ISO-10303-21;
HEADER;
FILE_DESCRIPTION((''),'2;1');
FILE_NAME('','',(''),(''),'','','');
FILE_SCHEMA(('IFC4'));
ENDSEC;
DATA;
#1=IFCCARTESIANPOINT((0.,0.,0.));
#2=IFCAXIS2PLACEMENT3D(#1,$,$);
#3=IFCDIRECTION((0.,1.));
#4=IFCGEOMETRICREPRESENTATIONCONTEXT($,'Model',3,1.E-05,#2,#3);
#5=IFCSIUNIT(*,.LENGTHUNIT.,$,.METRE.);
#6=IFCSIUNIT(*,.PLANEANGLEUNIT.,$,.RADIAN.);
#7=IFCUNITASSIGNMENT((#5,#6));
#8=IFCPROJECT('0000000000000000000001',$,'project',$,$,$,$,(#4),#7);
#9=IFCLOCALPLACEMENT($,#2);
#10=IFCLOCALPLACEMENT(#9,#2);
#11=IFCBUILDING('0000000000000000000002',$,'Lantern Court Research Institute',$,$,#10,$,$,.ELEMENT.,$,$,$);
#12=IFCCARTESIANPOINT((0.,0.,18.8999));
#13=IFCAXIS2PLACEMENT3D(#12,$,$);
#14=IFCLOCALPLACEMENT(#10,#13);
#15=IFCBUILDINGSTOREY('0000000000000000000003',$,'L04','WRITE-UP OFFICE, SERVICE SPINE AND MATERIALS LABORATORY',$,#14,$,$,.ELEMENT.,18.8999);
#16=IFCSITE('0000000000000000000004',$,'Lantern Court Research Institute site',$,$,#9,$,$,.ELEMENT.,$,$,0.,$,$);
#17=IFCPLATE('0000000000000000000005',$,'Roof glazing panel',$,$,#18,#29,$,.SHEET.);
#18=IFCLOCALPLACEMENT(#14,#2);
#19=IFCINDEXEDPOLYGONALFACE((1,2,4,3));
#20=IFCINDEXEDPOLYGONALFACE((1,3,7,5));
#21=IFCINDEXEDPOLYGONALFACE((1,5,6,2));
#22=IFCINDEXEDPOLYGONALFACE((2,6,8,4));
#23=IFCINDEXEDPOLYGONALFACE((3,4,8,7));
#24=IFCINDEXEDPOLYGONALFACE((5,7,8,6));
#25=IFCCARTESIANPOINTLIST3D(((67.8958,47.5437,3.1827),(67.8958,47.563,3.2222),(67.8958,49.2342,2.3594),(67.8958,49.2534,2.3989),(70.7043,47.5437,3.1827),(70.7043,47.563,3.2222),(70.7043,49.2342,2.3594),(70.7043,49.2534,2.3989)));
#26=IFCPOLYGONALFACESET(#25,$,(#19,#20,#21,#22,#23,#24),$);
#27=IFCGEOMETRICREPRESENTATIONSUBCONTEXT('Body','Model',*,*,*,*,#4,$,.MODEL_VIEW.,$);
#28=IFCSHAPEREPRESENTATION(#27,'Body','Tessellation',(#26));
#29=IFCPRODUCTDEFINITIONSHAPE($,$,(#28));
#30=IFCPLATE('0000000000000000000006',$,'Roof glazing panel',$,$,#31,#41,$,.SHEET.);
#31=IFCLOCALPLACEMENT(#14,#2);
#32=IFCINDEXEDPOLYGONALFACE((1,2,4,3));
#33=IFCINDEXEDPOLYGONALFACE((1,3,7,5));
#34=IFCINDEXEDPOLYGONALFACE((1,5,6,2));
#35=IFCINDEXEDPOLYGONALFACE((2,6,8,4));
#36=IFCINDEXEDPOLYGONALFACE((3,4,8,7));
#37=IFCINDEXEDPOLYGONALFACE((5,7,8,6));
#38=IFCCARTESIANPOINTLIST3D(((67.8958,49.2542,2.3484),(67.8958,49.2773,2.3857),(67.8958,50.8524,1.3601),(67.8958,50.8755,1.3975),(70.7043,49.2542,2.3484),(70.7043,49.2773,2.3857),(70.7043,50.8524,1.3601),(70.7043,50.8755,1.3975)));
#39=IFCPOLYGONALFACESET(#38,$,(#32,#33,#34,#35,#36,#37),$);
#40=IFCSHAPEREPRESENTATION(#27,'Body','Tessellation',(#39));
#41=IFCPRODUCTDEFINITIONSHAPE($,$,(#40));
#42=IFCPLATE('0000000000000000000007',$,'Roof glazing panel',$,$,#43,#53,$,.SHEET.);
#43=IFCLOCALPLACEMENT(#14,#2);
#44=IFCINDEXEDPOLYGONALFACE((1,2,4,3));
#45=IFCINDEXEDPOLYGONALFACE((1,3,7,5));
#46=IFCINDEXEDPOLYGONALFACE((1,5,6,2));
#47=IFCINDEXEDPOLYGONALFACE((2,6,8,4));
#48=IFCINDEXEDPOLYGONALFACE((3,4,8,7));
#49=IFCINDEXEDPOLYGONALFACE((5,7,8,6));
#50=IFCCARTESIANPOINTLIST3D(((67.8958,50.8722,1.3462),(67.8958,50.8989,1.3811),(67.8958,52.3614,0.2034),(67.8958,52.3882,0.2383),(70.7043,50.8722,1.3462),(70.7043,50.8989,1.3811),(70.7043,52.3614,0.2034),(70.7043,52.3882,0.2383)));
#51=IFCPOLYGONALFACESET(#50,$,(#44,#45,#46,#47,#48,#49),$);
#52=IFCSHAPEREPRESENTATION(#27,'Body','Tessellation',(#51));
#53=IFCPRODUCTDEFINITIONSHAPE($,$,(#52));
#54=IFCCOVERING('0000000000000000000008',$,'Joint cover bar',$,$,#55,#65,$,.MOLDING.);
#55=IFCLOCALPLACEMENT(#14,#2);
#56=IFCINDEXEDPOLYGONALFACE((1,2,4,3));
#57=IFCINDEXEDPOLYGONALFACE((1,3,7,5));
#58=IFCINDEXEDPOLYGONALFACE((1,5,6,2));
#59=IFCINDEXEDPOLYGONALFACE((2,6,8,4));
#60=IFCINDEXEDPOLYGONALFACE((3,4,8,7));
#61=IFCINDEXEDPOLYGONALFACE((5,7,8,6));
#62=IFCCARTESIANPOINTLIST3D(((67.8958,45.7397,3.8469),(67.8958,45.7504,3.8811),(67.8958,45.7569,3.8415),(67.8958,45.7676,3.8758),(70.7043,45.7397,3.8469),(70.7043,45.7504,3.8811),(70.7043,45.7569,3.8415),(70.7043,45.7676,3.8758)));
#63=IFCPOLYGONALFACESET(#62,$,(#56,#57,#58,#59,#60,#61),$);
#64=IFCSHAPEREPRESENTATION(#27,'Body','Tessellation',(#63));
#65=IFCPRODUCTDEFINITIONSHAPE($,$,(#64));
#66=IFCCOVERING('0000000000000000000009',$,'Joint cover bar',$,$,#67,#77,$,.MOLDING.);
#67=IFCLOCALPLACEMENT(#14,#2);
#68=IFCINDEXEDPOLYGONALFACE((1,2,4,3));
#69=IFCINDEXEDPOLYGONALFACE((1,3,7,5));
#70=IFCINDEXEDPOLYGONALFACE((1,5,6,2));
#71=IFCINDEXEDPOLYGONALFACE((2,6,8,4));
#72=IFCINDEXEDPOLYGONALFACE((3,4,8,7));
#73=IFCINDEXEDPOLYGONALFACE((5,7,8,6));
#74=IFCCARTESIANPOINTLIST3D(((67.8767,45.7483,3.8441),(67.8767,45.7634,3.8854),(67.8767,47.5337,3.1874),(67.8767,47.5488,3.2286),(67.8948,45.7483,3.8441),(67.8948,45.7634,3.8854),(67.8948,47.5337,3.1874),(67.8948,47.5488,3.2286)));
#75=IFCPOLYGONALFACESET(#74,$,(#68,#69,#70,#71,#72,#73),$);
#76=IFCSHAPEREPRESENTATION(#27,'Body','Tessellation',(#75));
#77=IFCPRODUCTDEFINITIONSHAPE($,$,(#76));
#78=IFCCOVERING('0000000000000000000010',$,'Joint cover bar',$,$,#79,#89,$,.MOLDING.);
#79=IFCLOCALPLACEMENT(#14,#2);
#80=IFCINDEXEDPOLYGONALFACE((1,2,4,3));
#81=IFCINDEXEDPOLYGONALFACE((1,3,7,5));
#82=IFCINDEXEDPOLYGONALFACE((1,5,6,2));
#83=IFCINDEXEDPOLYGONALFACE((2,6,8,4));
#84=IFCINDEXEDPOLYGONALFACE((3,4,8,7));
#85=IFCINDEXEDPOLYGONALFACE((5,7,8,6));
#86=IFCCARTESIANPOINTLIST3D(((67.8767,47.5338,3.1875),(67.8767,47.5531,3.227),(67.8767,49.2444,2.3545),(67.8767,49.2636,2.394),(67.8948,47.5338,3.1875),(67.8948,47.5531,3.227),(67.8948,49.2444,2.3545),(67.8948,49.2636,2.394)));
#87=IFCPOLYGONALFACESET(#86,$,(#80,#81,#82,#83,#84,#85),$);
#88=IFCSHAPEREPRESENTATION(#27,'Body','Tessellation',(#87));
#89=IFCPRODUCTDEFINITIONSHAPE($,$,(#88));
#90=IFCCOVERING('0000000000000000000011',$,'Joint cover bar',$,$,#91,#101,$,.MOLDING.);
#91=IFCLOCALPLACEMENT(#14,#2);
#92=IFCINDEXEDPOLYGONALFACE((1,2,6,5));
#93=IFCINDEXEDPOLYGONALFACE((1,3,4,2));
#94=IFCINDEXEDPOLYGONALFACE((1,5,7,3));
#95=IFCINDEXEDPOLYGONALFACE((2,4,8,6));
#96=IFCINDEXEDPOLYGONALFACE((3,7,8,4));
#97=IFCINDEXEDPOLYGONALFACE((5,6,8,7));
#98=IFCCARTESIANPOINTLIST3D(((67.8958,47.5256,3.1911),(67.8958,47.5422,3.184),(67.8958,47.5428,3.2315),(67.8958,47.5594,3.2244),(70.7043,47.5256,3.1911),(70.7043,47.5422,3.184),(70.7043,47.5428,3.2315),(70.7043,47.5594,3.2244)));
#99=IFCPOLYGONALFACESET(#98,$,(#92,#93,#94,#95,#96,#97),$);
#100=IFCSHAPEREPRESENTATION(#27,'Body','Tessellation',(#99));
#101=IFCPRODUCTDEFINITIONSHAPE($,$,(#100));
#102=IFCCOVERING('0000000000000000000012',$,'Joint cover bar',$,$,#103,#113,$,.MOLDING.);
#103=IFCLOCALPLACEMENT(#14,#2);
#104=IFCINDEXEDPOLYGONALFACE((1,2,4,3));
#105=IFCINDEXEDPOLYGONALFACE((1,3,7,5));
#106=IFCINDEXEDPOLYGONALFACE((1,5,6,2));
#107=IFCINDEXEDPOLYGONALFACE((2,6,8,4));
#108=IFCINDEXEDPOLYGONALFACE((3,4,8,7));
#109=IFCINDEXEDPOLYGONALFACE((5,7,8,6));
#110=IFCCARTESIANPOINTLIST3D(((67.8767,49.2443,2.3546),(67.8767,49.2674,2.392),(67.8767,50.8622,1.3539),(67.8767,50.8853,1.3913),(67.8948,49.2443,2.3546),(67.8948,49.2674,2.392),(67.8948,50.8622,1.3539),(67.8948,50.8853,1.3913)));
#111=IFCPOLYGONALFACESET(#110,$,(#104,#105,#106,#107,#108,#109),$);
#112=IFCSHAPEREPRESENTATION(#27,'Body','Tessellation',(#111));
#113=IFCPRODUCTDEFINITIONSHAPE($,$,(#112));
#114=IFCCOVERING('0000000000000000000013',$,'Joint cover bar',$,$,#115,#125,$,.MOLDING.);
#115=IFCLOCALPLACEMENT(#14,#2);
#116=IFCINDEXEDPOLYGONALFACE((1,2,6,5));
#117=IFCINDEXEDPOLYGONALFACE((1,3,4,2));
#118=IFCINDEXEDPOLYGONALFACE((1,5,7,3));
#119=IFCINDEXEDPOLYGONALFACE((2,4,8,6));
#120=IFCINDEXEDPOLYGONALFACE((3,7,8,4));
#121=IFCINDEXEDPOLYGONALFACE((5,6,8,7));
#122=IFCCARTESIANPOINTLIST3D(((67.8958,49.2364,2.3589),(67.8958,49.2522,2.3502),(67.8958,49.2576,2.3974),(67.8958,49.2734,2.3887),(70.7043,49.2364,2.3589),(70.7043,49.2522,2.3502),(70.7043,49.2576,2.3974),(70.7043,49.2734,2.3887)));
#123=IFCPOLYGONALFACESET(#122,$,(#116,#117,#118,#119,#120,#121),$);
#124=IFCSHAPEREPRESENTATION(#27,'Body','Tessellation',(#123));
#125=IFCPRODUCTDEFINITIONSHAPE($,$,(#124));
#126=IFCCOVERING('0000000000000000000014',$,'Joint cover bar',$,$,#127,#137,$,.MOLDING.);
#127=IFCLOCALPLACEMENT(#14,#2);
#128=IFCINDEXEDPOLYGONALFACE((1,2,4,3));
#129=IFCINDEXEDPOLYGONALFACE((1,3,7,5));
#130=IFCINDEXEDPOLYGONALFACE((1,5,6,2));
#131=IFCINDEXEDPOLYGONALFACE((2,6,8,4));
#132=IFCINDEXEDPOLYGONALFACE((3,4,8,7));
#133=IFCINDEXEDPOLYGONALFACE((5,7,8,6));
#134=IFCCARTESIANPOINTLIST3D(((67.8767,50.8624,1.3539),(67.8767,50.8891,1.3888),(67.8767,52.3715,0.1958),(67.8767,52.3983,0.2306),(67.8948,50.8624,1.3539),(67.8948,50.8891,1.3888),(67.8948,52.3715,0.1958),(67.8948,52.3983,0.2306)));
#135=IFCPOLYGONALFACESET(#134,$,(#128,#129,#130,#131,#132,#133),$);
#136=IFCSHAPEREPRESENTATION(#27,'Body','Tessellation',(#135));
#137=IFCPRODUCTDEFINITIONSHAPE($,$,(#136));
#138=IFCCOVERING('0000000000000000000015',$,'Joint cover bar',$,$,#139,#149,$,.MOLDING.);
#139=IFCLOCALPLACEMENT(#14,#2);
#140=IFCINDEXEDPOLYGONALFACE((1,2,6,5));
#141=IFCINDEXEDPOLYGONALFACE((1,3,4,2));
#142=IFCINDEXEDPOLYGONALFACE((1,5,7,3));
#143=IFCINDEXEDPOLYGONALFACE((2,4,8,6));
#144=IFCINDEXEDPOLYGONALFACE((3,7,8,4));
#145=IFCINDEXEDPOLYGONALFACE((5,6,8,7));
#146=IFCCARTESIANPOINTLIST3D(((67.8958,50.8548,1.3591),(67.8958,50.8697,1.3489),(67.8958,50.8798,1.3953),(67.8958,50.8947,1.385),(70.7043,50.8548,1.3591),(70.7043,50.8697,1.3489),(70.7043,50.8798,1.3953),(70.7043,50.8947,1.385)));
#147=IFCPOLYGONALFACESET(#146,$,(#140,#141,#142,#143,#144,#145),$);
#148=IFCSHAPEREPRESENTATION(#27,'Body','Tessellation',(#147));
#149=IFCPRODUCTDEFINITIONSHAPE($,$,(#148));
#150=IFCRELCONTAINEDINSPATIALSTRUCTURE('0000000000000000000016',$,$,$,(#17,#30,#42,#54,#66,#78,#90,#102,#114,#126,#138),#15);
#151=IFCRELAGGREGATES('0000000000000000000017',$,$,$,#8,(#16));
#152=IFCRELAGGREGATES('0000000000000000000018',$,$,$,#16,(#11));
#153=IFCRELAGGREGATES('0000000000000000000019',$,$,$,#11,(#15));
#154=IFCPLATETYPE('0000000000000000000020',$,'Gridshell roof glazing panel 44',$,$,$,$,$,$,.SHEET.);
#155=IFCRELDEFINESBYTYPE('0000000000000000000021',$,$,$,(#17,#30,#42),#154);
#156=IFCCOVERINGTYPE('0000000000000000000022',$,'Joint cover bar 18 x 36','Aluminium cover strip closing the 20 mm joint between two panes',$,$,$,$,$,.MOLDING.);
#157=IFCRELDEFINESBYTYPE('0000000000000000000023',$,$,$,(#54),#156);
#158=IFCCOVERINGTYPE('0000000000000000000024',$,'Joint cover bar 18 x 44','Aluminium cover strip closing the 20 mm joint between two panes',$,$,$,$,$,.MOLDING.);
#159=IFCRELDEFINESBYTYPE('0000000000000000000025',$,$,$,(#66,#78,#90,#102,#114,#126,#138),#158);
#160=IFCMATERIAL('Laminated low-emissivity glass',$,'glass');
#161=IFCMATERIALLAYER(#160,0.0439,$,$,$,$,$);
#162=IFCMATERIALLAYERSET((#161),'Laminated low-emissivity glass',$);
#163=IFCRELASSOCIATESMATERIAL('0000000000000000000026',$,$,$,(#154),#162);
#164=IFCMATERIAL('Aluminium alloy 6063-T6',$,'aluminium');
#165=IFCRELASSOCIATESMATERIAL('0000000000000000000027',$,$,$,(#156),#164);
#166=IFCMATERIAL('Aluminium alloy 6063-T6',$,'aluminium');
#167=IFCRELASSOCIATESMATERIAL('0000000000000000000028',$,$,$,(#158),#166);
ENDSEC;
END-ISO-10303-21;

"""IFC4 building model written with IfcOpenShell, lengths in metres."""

from ifc_helpers import new_model, si_unit, direction, frame, origin, origin_2d, place, context, subcontext, project, spatial, polyline, rectangle, outline, extrude, material, layer, layer_set, material_profile, profile_set, type_object, element, save


model = new_model("IFC4")

# Units and contexts
model_context = context("Model", 3, precision=1e-05, world=origin(), true_north=direction((0.0, 1.0)))
body_context = subcontext(model_context, "Body", "Model", "MODEL_VIEW")
ifc_project = project(units=[si_unit("LENGTHUNIT", "METRE"), si_unit("PLANEANGLEUNIT", "RADIAN")], contexts=[model_context])

# Site, building, storey
site_placement = place(None, origin())
site = spatial("IfcSite", under=ifc_project, at=site_placement, Name="Lantern Court Research Institute site", CompositionType="ELEMENT", RefElevation=0.0)
building_placement = place(site_placement, origin())
building = spatial("IfcBuilding", under=site, at=building_placement, Name="Lantern Court Research Institute", CompositionType="ELEMENT")
storey_placement = place(building_placement, frame((0.0, 0.0, 18.8999)))
storey = spatial("IfcBuildingStorey", under=building, at=storey_placement, Name="L04", Description="WRITE-UP OFFICE, SERVICE SPINE AND MATERIALS LABORATORY", CompositionType="ELEMENT", Elevation=18.8999)

# Plates
ifc_material_1 = material(Name="Laminated low-emissivity glass", Category="glass")
ifc_layer = layer(ifc_material_1, 0.0439)
ifc_layer_set = layer_set([ifc_layer], Name="Laminated low-emissivity glass")
plate_type = type_object("IfcPlateType", Name="Gridshell roof glazing panel 44", PredefinedType="SHEET", material=ifc_layer_set)
plate_1_placement = place(storey_placement, frame((70.7043, 47.563, 3.2222), z_axis=(0.0, 0.43784, 0.899053), x_axis=(-1.0, 0.0, 0.0)))
element("IfcPlate", 1, at=plate_1_placement, inside=storey, type_object=plate_type, Name="Roof glazing panel", PredefinedType="SHEET", context=body_context, shape_type="SweptSolid", body=[
    extrude(outline(polyline([(0.0, 0.0), (2.8086, 0.0), (2.8086, -1.8802), (0.0, -1.8802), (0.0, 0.0)])), origin(), (0.0, 0.0, -1.0), 0.0439),
])
plate_2_placement = place(storey_placement, frame((70.7043, 49.2773, 2.3857), z_axis=(0.0, 0.525952, 0.850514), x_axis=(-1.0, 0.0, 0.0)))
element("IfcPlate", 2, at=plate_2_placement, inside=storey, type_object=plate_type, Name="Roof glazing panel", PredefinedType="SHEET", context=body_context, shape_type="SweptSolid", body=[
    extrude(outline(polyline([(0.0, 0.0), (2.8086, 0.0), (2.8086, -1.879), (0.0, -1.879), (0.0, 0.0)])), origin(), (0.0, 0.0, -1.0), 0.0439),
])
plate_3_placement = place(storey_placement, frame((70.7043, 50.8989, 1.3811), z_axis=(0.0, 0.608786, 0.793334), x_axis=(-1.0, 0.0, 0.0)))
element("IfcPlate", 3, at=plate_3_placement, inside=storey, type_object=plate_type, Name="Roof glazing panel", PredefinedType="SHEET", context=body_context, shape_type="SweptSolid", body=[
    extrude(outline(polyline([(0.0, 0.0), (2.8086, 0.0), (2.8086, -1.8772), (0.0, -1.8772), (0.0, 0.0)])), origin(), (0.0, 0.0, -1.0), 0.0439),
])

# Coverings
ifc_material_2 = material(Name="Aluminium alloy 6063-T6", Category="aluminium")
ifc_material_profile_1 = material_profile(ifc_material_2, rectangle(XDim=0.0181, YDim=0.0359, at=origin_2d()), Name="Joint cover bar 18 x 36")
ifc_profile_set_1 = profile_set([ifc_material_profile_1], Name="Aluminium alloy 6063-T6")
covering_type_1 = type_object("IfcCoveringType", Name="Joint cover bar 18 x 36", Description="Aluminium cover strip closing the 20 mm joint between two panes", PredefinedType="MOLDING", material=ifc_profile_set_1)
covering_1_placement = place(storey_placement, frame((67.8958, 45.7537, 3.8613), z_axis=(1.0, 0.0, 0.0), x_axis=(0.0, 0.954713, -0.297528)))
element("IfcCovering", 4, at=covering_1_placement, inside=storey, type_object=covering_type_1, Name="Joint cover bar", PredefinedType="MOLDING", context=body_context, shape_type="SweptSolid", body=[
    extrude(rectangle(XDim=0.0181, YDim=0.0359, at=origin_2d()), origin(), (0.0, 0.0, 1.0), 2.8086),
])
ifc_material_3 = material(Name="Aluminium alloy 6063-T6", Category="aluminium")
ifc_material_profile_2 = material_profile(ifc_material_3, rectangle(XDim=0.0181, YDim=0.0439, at=origin_2d()), Name="Joint cover bar 18 x 44")
ifc_profile_set_2 = profile_set([ifc_material_profile_2], Name="Aluminium alloy 6063-T6")
covering_type_2 = type_object("IfcCoveringType", Name="Joint cover bar 18 x 44", Description="Aluminium cover strip closing the 20 mm joint between two panes", PredefinedType="MOLDING", material=ifc_profile_set_2)
covering_2_placement = place(storey_placement, frame((67.8857, 45.7559, 3.8647), z_axis=(0.0, 0.93852, -0.345224), x_axis=(-1.0, 0.0, 0.0)))
element("IfcCovering", 5, at=covering_2_placement, inside=storey, type_object=covering_type_2, Name="Joint cover bar", PredefinedType="MOLDING", context=body_context, shape_type="SweptSolid", body=[
    extrude(rectangle(XDim=0.0181, YDim=0.0439, at=origin_2d()), origin(), (0.0, 0.0, 1.0), 1.9023),
])
covering_3_placement = place(storey_placement, frame((67.8857, 47.5435, 3.2073), z_axis=(0.0, 0.899049, -0.437847), x_axis=(-1.0, 0.0, 0.0)))
element("IfcCovering", 6, at=covering_3_placement, inside=storey, type_object=covering_type_2, Name="Joint cover bar", PredefinedType="MOLDING", context=body_context, shape_type="SweptSolid", body=[
    extrude(rectangle(XDim=0.0181, YDim=0.0439, at=origin_2d()), origin(), (0.0, 0.0, 1.0), 1.9026),
])
covering_4_placement = place(storey_placement, frame((67.8958, 47.5425, 3.2078), z_axis=(1.0, 0.0, 0.0), x_axis=(0.0, 0.919966, -0.391999)))
element("IfcCovering", 7, at=covering_4_placement, inside=storey, type_object=covering_type_2, Name="Joint cover bar", PredefinedType="MOLDING", context=body_context, shape_type="SweptSolid", body=[
    extrude(rectangle(XDim=0.0181, YDim=0.0439, at=origin_2d()), origin(), (0.0, 0.0, 1.0), 2.8086),
])
covering_5_placement = place(storey_placement, frame((67.8857, 49.2559, 2.3733), z_axis=(0.0, 0.850462, -0.526036), x_axis=(-1.0, 0.0, 0.0)))
element("IfcCovering", 8, at=covering_5_placement, inside=storey, type_object=covering_type_2, Name="Joint cover bar", PredefinedType="MOLDING", context=body_context, shape_type="SweptSolid", body=[
    extrude(rectangle(XDim=0.0181, YDim=0.0439, at=origin_2d()), origin(), (0.0, 0.0, 1.0), 1.9023),
])
covering_6_placement = place(storey_placement, frame((67.8958, 49.2549, 2.3738), z_axis=(1.0, 0.0, 0.0), x_axis=(0.0, 0.875897, -0.482497)))
element("IfcCovering", 9, at=covering_6_placement, inside=storey, type_object=covering_type_2, Name="Joint cover bar", PredefinedType="MOLDING", context=body_context, shape_type="SweptSolid", body=[
    extrude(rectangle(XDim=0.0181, YDim=0.0439, at=origin_2d()), origin(), (0.0, 0.0, 1.0), 2.8086),
])
covering_7_placement = place(storey_placement, frame((67.8857, 50.8757, 1.3713), z_axis=(0.0, 0.79333, -0.608792), x_axis=(-1.0, 0.0, 0.0)))
element("IfcCovering", 10, at=covering_7_placement, inside=storey, type_object=covering_type_2, Name="Joint cover bar", PredefinedType="MOLDING", context=body_context, shape_type="SweptSolid", body=[
    extrude(rectangle(XDim=0.0181, YDim=0.0439, at=origin_2d()), origin(), (0.0, 0.0, 1.0), 1.9023),
])
covering_8_placement = place(storey_placement, frame((67.8958, 50.8748, 1.3721), z_axis=(1.0, 0.0, 0.0), x_axis=(0.0, 0.822954, -0.568108)))
element("IfcCovering", 11, at=covering_8_placement, inside=storey, type_object=covering_type_2, Name="Joint cover bar", PredefinedType="MOLDING", context=body_context, shape_type="SweptSolid", body=[
    extrude(rectangle(XDim=0.0181, YDim=0.0439, at=origin_2d()), origin(), (0.0, 0.0, 1.0), 2.8086),
])

save(model, "model.ifc")
